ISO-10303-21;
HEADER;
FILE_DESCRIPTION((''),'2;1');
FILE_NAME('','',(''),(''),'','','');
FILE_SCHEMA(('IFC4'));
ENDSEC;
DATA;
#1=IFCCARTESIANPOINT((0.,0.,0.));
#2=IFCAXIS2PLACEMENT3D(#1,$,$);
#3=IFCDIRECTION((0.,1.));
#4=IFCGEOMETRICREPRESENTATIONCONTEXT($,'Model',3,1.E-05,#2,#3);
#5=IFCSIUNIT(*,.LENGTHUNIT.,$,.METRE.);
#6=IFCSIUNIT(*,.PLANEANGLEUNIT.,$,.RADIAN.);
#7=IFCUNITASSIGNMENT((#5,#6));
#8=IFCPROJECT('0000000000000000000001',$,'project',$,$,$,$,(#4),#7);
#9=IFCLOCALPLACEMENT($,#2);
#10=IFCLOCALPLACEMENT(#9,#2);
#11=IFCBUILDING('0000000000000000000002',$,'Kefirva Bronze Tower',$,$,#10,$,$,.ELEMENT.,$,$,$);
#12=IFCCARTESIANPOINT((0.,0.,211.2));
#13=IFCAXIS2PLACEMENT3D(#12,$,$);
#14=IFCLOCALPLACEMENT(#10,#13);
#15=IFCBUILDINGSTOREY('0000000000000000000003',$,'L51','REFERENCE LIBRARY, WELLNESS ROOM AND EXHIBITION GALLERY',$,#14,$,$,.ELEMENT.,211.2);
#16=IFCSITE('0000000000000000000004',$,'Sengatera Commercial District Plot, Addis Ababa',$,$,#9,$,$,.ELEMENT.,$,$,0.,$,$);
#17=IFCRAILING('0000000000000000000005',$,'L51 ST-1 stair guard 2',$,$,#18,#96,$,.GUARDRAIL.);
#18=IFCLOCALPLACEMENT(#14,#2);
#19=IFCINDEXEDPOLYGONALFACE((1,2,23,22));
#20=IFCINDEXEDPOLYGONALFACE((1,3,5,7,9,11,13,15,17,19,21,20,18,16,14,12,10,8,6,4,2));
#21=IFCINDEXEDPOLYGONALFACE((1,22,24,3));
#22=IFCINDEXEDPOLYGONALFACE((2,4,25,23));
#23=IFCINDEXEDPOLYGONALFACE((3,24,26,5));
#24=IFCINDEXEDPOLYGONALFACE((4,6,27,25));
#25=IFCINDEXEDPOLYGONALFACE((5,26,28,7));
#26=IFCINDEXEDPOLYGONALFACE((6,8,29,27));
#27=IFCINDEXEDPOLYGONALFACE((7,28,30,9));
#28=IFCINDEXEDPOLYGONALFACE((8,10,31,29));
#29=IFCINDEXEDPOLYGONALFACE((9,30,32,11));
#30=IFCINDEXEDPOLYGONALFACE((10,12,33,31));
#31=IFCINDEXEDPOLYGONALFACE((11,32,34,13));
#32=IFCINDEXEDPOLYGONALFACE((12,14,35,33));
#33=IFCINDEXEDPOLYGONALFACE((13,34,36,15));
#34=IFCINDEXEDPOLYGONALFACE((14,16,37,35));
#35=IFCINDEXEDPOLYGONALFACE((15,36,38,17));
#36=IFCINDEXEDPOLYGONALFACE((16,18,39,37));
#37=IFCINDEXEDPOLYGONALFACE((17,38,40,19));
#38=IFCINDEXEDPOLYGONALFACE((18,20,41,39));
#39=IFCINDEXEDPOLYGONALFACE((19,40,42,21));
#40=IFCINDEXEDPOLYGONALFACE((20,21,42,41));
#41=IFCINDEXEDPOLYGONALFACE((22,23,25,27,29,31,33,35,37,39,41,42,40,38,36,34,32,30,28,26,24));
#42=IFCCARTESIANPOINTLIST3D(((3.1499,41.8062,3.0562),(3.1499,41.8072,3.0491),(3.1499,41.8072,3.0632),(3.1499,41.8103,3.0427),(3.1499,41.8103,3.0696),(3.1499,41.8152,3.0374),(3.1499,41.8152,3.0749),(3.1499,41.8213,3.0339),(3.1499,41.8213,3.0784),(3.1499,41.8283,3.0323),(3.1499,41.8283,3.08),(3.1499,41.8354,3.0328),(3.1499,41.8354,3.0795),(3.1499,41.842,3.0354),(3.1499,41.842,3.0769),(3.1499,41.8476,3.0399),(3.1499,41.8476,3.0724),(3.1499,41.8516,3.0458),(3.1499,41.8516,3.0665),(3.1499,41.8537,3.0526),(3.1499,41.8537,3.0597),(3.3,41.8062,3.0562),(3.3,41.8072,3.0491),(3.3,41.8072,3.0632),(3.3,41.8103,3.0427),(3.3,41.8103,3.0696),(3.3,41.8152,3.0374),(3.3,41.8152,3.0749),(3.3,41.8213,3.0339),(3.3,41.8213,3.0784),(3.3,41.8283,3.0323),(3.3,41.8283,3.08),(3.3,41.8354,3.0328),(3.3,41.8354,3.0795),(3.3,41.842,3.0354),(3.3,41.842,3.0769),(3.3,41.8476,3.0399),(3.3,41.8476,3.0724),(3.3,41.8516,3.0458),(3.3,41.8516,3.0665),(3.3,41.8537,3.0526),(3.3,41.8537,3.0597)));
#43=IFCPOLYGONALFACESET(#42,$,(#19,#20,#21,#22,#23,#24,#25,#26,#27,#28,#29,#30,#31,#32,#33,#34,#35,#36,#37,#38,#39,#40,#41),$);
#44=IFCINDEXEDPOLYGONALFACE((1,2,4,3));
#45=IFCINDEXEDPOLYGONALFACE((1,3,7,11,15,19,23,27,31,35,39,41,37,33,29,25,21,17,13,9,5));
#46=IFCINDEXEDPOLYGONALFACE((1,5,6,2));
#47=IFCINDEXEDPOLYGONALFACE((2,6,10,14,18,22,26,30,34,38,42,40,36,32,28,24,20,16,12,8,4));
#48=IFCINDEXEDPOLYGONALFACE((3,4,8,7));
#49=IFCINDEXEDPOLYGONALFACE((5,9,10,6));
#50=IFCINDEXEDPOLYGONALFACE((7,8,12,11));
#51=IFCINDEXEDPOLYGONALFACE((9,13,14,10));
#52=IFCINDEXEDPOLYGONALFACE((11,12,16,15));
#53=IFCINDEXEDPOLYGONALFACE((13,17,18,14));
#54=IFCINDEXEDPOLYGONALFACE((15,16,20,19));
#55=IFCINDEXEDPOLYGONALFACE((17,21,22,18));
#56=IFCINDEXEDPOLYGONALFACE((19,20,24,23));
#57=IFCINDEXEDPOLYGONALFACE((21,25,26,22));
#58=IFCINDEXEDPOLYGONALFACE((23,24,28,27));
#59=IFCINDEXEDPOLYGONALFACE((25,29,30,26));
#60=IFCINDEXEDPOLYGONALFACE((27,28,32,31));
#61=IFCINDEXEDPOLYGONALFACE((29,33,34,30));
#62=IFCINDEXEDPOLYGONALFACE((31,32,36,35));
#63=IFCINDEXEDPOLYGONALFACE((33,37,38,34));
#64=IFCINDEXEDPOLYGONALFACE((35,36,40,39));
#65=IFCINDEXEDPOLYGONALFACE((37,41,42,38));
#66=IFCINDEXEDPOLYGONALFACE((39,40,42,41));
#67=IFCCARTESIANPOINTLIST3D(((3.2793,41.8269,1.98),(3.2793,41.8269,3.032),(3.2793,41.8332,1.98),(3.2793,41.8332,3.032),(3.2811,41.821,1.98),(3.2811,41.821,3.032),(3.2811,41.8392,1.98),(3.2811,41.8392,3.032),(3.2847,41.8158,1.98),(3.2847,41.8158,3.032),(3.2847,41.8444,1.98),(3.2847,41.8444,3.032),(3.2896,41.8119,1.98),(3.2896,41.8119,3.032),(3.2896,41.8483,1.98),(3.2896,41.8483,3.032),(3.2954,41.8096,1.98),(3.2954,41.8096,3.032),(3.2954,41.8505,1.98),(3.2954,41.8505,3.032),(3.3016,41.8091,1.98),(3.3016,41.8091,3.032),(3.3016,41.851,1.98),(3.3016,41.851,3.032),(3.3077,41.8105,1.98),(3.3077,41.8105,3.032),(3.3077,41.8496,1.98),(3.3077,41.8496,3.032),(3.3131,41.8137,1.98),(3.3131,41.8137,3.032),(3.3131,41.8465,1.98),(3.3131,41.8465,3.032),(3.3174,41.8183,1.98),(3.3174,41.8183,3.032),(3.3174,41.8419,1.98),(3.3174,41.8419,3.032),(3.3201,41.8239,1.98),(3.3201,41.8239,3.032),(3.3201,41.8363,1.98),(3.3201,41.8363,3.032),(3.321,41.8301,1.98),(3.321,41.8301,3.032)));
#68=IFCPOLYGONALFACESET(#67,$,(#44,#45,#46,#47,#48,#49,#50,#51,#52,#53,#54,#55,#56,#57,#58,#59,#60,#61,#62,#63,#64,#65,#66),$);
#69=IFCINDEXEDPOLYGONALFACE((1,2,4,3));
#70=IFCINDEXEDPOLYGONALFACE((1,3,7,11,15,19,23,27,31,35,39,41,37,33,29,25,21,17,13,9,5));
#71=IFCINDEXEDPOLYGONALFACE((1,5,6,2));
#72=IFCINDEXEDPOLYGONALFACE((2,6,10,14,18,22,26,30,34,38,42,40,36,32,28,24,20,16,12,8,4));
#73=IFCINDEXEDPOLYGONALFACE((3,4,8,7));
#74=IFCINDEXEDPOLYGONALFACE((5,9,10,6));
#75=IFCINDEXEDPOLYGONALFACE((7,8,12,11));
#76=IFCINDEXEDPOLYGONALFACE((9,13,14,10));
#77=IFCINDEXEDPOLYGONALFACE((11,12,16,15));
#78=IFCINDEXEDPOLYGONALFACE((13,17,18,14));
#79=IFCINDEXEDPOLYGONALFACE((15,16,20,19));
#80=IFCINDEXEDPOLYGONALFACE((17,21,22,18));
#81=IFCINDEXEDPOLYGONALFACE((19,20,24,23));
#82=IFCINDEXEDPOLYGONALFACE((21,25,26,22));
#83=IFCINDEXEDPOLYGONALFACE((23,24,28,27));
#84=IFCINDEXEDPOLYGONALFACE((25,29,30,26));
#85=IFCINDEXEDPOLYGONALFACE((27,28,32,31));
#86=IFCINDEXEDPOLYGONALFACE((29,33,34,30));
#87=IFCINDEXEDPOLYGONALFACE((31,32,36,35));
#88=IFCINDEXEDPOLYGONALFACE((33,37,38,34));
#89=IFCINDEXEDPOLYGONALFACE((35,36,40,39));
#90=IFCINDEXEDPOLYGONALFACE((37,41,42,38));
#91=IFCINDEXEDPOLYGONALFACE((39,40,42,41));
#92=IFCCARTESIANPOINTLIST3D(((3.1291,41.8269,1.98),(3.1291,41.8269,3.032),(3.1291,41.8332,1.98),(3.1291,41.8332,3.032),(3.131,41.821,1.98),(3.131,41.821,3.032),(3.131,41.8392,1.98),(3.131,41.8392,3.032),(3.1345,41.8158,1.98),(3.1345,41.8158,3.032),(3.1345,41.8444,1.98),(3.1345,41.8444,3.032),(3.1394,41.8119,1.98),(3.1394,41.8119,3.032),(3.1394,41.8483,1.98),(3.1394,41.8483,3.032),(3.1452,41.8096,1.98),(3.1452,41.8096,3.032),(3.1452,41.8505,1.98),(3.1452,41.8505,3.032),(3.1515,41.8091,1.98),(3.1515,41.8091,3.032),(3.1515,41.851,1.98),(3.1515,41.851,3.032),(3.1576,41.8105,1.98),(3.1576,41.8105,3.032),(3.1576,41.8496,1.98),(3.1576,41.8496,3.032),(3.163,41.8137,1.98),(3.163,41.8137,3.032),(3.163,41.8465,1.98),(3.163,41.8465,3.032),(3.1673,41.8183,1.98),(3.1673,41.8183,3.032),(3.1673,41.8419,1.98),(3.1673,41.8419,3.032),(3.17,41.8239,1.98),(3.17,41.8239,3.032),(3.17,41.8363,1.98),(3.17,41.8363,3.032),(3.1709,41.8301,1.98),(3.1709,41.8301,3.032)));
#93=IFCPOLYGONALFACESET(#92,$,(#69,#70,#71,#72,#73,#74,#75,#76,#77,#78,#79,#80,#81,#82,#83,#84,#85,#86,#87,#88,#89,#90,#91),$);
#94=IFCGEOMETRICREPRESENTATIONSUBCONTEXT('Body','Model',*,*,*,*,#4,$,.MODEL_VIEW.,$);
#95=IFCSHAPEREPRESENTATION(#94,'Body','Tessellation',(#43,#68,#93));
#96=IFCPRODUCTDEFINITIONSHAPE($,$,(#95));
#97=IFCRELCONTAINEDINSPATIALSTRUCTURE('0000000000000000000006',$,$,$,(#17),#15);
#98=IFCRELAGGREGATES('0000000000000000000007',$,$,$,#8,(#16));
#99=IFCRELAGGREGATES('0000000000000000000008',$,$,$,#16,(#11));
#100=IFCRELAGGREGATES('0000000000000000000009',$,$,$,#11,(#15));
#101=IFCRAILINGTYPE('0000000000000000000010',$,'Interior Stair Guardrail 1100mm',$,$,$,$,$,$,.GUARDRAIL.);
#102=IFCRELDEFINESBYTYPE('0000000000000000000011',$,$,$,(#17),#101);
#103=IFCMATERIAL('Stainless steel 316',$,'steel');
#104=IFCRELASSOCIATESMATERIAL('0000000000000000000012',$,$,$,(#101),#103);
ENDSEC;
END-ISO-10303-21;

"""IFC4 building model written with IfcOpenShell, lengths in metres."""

from ifc_helpers import new_model, si_unit, direction, frame, origin, origin_2d, place, context, subcontext, project, spatial, circle, extrude, material, type_object, element, save


model = new_model("IFC4")

# Units and contexts
model_context = context("Model", 3, precision=1e-05, world=origin(), true_north=direction((0.0, 1.0)))
body_context = subcontext(model_context, "Body", "Model", "MODEL_VIEW")
ifc_project = project(units=[si_unit("LENGTHUNIT", "METRE"), si_unit("PLANEANGLEUNIT", "RADIAN")], contexts=[model_context])

# Site, building, storey
site_placement = place(None, origin())
site = spatial("IfcSite", under=ifc_project, at=site_placement, Name="Sengatera Commercial District Plot, Addis Ababa", CompositionType="ELEMENT", RefElevation=0.0)
building_placement = place(site_placement, origin())
building = spatial("IfcBuilding", under=site, at=building_placement, Name="Kefirva Bronze Tower", CompositionType="ELEMENT")
storey_placement = place(building_placement, frame((0.0, 0.0, 211.2)))
storey = spatial("IfcBuildingStorey", under=building, at=storey_placement, Name="L51", Description="REFERENCE LIBRARY, WELLNESS ROOM AND EXHIBITION GALLERY", CompositionType="ELEMENT", Elevation=211.2)

# Railing
ifc_material_1 = material(Name="Stainless steel 316", Category="steel")
railing_type_1 = type_object("IfcRailingType", Name="Interior Stair Guardrail 1100mm", PredefinedType="GUARDRAIL", material=ifc_material_1)
railing_1_placement = place(storey_placement, frame((3.3, 41.8301, 1.98)))
element("IfcRailing", 1, at=railing_1_placement, inside=storey, type_object=railing_type_1, Name="L51 ST-1 stair guard 2", PredefinedType="GUARDRAIL", context=body_context, shape_type="SweptSolid", body=[
    extrude(circle(Radius=0.0239, at=origin_2d()), frame((0.0, 0.0, 1.0762), z_axis=(-1.0, 0.0, 0.0), x_axis=(0.0, -1.0, 0.0)), (0.0, 0.0, 1.0), 0.1501),
    extrude(circle(Radius=0.021, at=origin_2d()), origin(), (0.0, 0.0, 1.0), 1.052),
    extrude(circle(Radius=0.021, at=origin_2d()), frame((-0.1501, 0.0, 0.0)), (0.0, 0.0, 1.0), 1.052),
])

save(model, "model.ifc")
